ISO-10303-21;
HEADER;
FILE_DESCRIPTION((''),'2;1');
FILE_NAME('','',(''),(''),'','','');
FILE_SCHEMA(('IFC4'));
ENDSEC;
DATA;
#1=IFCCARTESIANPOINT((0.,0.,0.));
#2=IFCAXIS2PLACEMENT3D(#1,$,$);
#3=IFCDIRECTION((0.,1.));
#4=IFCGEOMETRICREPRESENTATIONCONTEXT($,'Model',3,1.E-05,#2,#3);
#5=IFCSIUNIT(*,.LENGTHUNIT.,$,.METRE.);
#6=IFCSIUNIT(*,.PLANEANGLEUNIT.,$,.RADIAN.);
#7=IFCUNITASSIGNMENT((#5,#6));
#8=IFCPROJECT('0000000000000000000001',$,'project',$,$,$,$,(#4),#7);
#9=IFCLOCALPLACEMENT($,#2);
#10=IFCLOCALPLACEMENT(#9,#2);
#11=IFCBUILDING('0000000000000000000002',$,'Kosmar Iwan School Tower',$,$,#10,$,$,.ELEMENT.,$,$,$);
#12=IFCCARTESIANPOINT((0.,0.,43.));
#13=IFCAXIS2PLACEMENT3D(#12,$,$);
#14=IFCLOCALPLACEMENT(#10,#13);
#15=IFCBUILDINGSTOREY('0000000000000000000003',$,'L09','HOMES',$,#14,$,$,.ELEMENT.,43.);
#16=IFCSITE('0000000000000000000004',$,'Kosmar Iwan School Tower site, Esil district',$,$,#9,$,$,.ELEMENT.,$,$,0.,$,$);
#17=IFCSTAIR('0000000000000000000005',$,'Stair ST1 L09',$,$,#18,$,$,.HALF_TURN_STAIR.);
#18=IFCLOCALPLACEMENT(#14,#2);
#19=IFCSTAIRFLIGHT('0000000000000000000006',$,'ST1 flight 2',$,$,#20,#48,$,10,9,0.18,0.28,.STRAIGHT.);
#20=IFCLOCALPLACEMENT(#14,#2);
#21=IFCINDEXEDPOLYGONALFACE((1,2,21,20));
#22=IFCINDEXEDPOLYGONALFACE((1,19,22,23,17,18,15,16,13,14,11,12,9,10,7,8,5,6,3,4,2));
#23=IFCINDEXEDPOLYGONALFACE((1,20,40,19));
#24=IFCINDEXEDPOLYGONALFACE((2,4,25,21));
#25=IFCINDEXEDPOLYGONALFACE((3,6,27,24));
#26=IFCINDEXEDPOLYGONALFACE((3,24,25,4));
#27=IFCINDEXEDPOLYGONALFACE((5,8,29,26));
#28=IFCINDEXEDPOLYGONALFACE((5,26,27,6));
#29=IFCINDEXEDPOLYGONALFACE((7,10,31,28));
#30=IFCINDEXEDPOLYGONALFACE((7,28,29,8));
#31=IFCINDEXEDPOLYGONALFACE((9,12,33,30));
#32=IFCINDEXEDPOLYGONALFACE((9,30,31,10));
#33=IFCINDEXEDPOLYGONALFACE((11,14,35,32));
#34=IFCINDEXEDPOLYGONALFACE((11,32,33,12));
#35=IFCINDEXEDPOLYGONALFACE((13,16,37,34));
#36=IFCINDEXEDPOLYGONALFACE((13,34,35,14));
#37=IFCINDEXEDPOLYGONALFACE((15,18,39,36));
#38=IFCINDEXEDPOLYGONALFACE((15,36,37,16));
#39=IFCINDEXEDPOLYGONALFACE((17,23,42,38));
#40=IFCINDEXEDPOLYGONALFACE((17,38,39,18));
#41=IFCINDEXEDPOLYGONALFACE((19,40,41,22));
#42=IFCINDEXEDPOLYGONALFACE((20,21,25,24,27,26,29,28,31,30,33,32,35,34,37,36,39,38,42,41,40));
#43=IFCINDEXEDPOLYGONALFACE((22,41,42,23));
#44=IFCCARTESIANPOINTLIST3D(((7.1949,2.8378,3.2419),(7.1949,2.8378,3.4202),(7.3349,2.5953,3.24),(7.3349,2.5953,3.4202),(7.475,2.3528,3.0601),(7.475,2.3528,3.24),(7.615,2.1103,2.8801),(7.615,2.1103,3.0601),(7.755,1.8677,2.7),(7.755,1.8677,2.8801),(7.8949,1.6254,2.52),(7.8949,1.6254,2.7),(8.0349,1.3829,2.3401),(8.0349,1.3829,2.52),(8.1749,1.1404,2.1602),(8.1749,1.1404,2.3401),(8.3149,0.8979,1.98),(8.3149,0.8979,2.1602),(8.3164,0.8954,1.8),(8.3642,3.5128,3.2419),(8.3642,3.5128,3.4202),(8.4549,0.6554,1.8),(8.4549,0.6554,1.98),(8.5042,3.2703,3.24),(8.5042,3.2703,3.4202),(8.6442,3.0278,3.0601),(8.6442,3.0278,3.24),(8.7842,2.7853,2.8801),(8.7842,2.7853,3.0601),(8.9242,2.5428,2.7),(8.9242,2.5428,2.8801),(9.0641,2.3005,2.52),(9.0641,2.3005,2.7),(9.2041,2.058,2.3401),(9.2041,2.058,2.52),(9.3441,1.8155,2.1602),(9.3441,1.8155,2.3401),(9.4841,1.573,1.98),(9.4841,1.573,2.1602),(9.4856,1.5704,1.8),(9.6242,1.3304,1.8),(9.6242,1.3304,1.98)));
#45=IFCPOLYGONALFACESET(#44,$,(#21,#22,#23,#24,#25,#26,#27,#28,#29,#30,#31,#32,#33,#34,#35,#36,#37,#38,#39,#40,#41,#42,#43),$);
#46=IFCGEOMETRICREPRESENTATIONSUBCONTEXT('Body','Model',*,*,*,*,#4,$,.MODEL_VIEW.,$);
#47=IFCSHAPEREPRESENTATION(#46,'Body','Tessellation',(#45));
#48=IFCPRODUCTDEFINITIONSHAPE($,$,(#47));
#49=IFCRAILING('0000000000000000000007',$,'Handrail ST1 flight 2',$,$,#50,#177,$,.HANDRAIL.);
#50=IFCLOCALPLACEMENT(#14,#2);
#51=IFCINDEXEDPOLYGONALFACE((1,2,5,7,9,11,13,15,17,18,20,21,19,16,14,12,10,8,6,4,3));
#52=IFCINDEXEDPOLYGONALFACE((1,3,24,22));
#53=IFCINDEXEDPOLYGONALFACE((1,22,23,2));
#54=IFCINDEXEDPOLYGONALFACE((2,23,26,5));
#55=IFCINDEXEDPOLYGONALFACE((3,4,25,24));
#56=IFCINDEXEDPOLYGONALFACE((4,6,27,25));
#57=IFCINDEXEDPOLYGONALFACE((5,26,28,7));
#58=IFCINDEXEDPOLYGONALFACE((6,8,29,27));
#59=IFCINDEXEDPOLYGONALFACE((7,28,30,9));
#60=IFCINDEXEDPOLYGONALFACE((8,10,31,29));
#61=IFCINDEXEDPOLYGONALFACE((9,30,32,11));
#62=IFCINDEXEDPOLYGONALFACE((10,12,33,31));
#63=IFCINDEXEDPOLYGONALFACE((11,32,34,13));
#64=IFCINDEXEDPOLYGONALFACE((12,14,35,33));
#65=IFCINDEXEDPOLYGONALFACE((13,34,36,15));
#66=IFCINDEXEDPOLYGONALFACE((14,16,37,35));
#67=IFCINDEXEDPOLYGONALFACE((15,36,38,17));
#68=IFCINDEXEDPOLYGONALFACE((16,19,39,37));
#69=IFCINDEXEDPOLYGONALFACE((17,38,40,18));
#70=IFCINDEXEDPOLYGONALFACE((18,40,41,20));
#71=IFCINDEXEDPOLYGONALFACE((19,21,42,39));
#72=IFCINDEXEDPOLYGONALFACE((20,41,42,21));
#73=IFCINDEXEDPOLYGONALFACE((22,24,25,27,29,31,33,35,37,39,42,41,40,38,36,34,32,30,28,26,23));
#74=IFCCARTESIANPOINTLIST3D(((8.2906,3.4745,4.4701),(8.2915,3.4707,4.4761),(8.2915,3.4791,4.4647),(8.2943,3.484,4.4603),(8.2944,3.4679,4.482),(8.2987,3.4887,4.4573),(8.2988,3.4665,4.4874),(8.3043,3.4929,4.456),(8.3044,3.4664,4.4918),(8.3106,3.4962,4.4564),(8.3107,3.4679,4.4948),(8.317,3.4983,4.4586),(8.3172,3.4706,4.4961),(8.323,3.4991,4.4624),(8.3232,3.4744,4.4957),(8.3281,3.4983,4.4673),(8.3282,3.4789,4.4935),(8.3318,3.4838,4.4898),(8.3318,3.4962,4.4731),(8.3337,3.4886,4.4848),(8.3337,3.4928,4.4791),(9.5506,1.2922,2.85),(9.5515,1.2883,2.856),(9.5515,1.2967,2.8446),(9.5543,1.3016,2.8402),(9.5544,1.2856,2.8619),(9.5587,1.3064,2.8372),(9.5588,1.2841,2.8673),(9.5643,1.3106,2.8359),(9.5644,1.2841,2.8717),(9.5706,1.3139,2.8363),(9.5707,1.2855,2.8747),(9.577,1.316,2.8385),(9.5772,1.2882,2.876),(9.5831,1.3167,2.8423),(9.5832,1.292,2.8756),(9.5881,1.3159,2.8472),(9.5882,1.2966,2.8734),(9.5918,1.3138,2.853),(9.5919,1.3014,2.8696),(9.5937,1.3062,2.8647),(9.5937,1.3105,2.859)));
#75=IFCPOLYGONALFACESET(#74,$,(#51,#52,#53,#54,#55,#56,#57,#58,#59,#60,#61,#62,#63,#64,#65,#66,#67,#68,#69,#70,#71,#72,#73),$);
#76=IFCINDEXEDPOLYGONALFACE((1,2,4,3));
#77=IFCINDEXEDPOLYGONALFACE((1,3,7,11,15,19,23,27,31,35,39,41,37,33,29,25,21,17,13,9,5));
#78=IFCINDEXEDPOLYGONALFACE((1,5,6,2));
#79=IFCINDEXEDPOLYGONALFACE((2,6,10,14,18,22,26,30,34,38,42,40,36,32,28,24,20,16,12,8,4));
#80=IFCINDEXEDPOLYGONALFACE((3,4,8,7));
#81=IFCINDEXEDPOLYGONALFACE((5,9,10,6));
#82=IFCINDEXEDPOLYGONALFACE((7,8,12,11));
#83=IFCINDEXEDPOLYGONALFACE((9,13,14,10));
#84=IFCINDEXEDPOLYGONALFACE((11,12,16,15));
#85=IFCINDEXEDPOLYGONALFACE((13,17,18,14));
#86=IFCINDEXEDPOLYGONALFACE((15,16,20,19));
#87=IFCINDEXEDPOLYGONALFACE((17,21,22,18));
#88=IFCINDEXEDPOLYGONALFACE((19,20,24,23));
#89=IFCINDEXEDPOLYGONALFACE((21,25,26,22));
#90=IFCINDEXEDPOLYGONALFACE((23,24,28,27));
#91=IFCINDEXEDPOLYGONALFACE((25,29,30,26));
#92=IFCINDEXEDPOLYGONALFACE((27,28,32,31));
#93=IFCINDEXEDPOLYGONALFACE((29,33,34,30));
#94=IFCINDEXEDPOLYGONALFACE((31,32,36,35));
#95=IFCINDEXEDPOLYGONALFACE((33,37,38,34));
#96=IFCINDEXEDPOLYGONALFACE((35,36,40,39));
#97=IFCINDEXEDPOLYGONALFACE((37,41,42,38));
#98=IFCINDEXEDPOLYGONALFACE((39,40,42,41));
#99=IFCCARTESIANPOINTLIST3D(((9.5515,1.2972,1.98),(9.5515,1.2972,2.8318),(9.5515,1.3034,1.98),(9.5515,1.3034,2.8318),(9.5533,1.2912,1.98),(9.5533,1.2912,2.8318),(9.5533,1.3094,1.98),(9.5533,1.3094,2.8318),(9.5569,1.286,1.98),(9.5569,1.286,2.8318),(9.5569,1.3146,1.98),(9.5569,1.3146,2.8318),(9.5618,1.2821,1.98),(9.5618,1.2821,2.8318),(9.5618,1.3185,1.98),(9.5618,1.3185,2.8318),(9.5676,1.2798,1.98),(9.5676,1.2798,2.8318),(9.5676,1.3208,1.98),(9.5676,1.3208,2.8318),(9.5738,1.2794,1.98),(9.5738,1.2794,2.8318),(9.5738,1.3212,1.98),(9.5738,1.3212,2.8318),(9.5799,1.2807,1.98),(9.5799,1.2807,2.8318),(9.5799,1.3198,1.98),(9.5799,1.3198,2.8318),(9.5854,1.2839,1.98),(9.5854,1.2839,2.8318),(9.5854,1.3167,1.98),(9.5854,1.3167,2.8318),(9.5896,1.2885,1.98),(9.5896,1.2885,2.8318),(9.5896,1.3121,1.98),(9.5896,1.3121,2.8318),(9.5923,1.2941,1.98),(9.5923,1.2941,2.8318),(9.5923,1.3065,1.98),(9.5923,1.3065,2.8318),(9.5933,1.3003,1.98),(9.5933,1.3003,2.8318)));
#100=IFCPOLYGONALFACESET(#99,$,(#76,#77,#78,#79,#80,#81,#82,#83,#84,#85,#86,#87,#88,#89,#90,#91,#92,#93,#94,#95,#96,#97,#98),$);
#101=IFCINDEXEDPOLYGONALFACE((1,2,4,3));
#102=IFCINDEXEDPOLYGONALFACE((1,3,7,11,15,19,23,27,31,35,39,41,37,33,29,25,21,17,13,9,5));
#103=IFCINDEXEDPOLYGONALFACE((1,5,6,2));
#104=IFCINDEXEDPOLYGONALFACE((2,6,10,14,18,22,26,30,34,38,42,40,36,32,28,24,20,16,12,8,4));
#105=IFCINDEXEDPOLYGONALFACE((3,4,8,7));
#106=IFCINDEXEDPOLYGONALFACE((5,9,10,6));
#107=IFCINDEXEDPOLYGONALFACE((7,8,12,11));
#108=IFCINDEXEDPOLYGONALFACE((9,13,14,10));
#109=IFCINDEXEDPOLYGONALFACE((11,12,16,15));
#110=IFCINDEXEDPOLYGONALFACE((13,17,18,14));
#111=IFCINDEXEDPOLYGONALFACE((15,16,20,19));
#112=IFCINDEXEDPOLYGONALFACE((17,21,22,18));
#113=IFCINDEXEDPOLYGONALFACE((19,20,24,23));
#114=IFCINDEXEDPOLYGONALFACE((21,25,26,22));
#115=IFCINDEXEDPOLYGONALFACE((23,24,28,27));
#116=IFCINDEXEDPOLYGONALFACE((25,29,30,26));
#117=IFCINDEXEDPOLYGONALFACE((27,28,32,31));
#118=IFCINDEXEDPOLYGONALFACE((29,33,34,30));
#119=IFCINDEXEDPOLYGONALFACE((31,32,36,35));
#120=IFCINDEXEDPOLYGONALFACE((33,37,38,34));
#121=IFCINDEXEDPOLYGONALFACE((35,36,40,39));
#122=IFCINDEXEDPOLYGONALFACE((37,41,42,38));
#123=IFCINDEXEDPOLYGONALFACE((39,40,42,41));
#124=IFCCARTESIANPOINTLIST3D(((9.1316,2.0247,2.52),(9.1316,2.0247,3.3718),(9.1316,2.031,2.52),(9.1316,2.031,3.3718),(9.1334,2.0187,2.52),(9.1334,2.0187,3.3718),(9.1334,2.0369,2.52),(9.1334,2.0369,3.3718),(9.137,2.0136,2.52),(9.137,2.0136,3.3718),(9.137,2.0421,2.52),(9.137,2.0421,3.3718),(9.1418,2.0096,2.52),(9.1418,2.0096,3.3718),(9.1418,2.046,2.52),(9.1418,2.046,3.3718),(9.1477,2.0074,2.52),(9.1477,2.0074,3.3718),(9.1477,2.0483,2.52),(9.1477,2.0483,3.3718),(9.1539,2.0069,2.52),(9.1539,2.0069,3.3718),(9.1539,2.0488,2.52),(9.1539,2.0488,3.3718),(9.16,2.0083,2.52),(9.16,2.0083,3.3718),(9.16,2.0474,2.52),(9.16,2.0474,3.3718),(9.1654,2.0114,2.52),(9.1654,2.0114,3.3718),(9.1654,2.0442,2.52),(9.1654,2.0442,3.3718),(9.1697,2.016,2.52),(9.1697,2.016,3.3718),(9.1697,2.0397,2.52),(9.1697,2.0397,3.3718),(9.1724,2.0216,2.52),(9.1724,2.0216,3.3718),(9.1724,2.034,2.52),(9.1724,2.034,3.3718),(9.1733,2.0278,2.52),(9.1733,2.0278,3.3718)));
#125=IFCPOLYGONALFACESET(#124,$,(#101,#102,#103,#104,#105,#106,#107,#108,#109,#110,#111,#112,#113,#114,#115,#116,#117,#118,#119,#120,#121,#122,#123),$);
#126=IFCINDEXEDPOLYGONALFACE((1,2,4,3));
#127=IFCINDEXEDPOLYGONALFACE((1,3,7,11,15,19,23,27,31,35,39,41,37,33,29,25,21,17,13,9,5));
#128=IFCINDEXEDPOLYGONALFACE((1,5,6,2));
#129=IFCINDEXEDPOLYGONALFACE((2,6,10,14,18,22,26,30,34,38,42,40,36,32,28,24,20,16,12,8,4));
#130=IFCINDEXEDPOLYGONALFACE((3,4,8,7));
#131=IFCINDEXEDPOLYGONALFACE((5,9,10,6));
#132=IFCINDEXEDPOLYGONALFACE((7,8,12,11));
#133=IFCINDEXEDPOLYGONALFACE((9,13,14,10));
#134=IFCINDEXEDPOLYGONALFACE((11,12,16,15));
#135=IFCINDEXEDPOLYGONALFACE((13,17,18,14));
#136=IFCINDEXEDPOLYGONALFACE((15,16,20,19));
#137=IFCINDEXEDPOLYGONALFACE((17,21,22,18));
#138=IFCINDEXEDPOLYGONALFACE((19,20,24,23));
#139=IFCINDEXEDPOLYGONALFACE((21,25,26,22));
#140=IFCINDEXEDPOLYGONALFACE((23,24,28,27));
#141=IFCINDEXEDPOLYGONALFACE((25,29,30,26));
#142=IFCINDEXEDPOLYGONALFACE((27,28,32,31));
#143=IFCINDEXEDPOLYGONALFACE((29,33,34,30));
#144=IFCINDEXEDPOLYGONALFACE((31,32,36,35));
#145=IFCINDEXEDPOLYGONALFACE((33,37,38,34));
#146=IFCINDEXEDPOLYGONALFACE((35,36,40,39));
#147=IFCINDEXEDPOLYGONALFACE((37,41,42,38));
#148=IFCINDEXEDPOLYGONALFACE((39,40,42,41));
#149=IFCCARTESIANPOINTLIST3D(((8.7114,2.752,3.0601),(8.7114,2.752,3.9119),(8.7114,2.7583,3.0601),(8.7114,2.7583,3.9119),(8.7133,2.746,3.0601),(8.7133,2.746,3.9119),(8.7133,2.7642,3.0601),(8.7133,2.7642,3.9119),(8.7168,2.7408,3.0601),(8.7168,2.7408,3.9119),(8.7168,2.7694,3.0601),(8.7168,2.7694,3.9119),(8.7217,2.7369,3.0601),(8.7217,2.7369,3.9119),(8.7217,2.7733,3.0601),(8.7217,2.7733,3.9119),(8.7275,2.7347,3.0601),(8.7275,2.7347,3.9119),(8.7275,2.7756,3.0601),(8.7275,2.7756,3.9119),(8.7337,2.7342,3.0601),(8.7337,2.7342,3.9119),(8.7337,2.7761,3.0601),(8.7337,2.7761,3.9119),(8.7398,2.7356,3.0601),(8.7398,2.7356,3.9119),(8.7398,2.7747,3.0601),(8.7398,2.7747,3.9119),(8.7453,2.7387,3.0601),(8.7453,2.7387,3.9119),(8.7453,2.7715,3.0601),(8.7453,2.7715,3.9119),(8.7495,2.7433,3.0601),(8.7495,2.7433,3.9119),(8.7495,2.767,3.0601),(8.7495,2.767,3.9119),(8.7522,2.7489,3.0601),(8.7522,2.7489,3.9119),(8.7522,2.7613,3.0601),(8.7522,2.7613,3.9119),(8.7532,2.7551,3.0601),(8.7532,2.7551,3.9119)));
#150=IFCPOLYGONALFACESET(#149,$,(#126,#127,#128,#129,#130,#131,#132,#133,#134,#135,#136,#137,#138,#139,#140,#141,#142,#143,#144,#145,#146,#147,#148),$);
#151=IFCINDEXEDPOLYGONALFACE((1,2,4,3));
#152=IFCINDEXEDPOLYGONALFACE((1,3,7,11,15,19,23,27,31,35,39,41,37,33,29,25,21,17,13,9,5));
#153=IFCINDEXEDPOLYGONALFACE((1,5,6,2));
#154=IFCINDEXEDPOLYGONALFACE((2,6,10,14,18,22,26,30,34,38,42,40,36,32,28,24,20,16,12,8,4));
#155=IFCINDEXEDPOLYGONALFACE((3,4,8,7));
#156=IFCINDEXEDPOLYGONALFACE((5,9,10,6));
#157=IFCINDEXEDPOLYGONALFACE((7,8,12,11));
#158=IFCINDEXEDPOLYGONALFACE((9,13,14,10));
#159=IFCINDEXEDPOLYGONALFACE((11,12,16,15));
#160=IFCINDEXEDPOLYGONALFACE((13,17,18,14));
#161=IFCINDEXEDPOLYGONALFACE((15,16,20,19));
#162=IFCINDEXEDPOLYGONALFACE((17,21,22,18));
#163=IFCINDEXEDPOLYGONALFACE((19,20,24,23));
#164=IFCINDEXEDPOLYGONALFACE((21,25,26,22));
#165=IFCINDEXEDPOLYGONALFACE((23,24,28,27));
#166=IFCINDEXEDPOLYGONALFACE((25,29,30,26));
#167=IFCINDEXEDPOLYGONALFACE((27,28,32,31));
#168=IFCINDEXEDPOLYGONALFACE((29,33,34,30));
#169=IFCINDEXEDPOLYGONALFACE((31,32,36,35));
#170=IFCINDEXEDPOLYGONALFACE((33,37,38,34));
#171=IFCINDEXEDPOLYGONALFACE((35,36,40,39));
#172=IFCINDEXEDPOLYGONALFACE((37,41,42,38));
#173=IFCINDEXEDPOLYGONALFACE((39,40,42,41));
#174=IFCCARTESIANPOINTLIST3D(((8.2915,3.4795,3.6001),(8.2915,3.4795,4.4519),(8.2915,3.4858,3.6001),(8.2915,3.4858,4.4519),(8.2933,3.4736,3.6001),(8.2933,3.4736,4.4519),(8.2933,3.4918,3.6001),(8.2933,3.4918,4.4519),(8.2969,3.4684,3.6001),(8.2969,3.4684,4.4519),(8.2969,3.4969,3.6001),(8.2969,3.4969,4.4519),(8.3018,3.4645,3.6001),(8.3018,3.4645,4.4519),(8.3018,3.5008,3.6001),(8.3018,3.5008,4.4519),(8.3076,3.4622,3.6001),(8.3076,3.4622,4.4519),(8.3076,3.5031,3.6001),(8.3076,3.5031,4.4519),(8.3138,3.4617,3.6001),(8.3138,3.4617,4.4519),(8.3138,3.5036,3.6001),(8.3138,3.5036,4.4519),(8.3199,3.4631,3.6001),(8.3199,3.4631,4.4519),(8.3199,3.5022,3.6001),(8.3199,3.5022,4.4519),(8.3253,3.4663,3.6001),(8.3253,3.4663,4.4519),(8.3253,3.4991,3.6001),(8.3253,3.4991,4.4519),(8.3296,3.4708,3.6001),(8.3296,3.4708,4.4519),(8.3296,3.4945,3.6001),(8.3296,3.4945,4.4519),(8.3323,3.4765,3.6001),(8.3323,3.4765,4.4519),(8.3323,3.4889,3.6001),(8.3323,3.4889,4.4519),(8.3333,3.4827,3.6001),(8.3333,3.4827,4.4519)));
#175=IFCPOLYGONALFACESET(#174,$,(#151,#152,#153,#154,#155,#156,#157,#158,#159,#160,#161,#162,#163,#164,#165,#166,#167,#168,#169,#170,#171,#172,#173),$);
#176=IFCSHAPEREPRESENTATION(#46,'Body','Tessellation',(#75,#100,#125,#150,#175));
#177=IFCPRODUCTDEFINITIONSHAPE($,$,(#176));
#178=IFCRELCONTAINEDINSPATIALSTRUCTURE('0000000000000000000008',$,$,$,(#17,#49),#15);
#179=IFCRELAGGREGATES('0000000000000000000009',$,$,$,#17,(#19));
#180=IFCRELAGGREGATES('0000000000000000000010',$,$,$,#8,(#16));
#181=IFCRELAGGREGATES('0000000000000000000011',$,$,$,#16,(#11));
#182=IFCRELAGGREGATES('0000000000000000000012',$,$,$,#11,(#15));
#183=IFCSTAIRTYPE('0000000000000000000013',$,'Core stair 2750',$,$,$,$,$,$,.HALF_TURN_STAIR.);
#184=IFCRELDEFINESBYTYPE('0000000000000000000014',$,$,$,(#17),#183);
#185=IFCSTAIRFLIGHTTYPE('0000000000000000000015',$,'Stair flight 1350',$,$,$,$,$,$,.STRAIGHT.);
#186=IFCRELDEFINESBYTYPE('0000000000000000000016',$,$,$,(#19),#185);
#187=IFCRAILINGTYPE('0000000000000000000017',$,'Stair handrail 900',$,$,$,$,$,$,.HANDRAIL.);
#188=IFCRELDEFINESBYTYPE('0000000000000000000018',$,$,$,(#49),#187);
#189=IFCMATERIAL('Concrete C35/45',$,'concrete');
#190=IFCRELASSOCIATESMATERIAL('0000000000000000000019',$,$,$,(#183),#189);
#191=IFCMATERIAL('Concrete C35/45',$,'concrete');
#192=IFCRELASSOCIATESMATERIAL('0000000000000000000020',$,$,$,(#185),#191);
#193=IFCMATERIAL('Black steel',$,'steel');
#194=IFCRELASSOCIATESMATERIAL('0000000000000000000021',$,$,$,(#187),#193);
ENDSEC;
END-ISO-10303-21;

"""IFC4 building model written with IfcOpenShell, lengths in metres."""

from ifc_helpers import new_model, si_unit, direction, frame, origin, origin_2d, place, context, subcontext, project, spatial, polyline, circle, outline, extrude, material, type_object, element, aggregate, save


model = new_model("IFC4")

# Units and contexts
model_context = context("Model", 3, precision=1e-05, world=origin(), true_north=direction((0.0, 1.0)))
body_context = subcontext(model_context, "Body", "Model", "MODEL_VIEW")
ifc_project = project(units=[si_unit("LENGTHUNIT", "METRE"), si_unit("PLANEANGLEUNIT", "RADIAN")], contexts=[model_context])

# Site, building, storey
site_placement = place(None, origin())
site = spatial("IfcSite", under=ifc_project, at=site_placement, Name="Kosmar Iwan School Tower site, Esil district", CompositionType="ELEMENT", RefElevation=0.0)
building_placement = place(site_placement, origin())
building = spatial("IfcBuilding", under=site, at=building_placement, Name="Kosmar Iwan School Tower", CompositionType="ELEMENT")
storey_placement = place(building_placement, frame((0.0, 0.0, 43.0)))
storey = spatial("IfcBuildingStorey", under=building, at=storey_placement, Name="L09", Description="HOMES", CompositionType="ELEMENT", Elevation=43.0)

# Stair, stair flight
ifc_material_1 = material(Name="Concrete C35/45", Category="concrete")
stair_type = type_object("IfcStairType", Name="Core stair 2750", PredefinedType="HALF_TURN_STAIR", material=ifc_material_1)
stair_placement = place(storey_placement, origin())
stair = element("IfcStair", 1, at=stair_placement, inside=storey, type_object=stair_type, Name="Stair ST1 L09", PredefinedType="HALF_TURN_STAIR")
ifc_material_2 = material(Name="Concrete C35/45", Category="concrete")
stair_flight_type = type_object("IfcStairFlightType", Name="Stair flight 1350", PredefinedType="STRAIGHT", material=ifc_material_2)
stair_flight_placement = place(storey_placement, frame((9.0396, 0.9929, 1.8), z_axis=(0.0, 0.0, 1.0), x_axis=(-0.5, 0.866025, 0.0)))
stair_flight = element("IfcStairFlight", 2, at=stair_flight_placement, type_object=stair_flight_type, Name="ST1 flight 2", NumberOfRisers=10, NumberOfTreads=9, PredefinedType="STRAIGHT", RiserHeight=0.18, TreadLength=0.28, context=body_context, shape_type="SweptSolid", body=[
    extrude(outline(polyline([(0.0, 0.0), (0.0, 0.1799), (0.28, 0.1799), (0.28, 0.3601), (0.5601, 0.3601), (0.5601, 0.54), (0.8401, 0.54), (0.8401, 0.72), (1.1201, 0.72), (1.1201, 0.8999), (1.3999, 0.8999), (1.3999, 1.0801), (1.6799, 1.0801), (1.6799, 1.26), (1.96, 1.26), (1.96, 1.4399), (2.24, 1.4399), (2.24, 1.6201), (2.52, 1.6201), (2.52, 1.8), (2.52, 1.4419), (0.2771, 0.0), (0.0, 0.0)])), frame((0.0, 0.675, 0.0), z_axis=(0.0, -1.0, 0.0), x_axis=(1.0, 0.0, 0.0)), (0.0, 0.0, 1.0), 1.3501),
])
aggregate(stair, [stair_flight])

# Railing
ifc_material_3 = material(Name="Black steel", Category="steel")
railing_type = type_object("IfcRailingType", Name="Stair handrail 900", PredefinedType="HANDRAIL", material=ifc_material_3)
railing_placement = place(storey_placement, frame((9.5723, 1.3003, 1.98)))
element("IfcRailing", 3, at=railing_placement, inside=storey, type_object=railing_type, Name="Handrail ST1 flight 2", PredefinedType="HANDRAIL", context=body_context, shape_type="SweptSolid", body=[
    extrude(circle(Radius=0.0239, at=origin_2d()), frame((0.0, 0.0, 0.876), z_axis=(-0.420584, 0.728464, 0.540786), x_axis=(-0.866023, -0.500005, 0.0)), (0.0, 0.0, 1.0), 2.9958),
    extrude(circle(Radius=0.021, at=origin_2d()), origin(), (0.0, 0.0, 1.0), 0.8518),
    extrude(circle(Radius=0.021, at=origin_2d()), frame((-0.4199, 0.7275, 0.54)), (0.0, 0.0, 1.0), 0.8518),
    extrude(circle(Radius=0.021, at=origin_2d()), frame((-0.8401, 1.4548, 1.0801)), (0.0, 0.0, 1.0), 0.8518),
    extrude(circle(Radius=0.021, at=origin_2d()), frame((-1.26, 2.1824, 1.6201)), (0.0, 0.0, 1.0), 0.8518),
])

save(model, "model.ifc")
